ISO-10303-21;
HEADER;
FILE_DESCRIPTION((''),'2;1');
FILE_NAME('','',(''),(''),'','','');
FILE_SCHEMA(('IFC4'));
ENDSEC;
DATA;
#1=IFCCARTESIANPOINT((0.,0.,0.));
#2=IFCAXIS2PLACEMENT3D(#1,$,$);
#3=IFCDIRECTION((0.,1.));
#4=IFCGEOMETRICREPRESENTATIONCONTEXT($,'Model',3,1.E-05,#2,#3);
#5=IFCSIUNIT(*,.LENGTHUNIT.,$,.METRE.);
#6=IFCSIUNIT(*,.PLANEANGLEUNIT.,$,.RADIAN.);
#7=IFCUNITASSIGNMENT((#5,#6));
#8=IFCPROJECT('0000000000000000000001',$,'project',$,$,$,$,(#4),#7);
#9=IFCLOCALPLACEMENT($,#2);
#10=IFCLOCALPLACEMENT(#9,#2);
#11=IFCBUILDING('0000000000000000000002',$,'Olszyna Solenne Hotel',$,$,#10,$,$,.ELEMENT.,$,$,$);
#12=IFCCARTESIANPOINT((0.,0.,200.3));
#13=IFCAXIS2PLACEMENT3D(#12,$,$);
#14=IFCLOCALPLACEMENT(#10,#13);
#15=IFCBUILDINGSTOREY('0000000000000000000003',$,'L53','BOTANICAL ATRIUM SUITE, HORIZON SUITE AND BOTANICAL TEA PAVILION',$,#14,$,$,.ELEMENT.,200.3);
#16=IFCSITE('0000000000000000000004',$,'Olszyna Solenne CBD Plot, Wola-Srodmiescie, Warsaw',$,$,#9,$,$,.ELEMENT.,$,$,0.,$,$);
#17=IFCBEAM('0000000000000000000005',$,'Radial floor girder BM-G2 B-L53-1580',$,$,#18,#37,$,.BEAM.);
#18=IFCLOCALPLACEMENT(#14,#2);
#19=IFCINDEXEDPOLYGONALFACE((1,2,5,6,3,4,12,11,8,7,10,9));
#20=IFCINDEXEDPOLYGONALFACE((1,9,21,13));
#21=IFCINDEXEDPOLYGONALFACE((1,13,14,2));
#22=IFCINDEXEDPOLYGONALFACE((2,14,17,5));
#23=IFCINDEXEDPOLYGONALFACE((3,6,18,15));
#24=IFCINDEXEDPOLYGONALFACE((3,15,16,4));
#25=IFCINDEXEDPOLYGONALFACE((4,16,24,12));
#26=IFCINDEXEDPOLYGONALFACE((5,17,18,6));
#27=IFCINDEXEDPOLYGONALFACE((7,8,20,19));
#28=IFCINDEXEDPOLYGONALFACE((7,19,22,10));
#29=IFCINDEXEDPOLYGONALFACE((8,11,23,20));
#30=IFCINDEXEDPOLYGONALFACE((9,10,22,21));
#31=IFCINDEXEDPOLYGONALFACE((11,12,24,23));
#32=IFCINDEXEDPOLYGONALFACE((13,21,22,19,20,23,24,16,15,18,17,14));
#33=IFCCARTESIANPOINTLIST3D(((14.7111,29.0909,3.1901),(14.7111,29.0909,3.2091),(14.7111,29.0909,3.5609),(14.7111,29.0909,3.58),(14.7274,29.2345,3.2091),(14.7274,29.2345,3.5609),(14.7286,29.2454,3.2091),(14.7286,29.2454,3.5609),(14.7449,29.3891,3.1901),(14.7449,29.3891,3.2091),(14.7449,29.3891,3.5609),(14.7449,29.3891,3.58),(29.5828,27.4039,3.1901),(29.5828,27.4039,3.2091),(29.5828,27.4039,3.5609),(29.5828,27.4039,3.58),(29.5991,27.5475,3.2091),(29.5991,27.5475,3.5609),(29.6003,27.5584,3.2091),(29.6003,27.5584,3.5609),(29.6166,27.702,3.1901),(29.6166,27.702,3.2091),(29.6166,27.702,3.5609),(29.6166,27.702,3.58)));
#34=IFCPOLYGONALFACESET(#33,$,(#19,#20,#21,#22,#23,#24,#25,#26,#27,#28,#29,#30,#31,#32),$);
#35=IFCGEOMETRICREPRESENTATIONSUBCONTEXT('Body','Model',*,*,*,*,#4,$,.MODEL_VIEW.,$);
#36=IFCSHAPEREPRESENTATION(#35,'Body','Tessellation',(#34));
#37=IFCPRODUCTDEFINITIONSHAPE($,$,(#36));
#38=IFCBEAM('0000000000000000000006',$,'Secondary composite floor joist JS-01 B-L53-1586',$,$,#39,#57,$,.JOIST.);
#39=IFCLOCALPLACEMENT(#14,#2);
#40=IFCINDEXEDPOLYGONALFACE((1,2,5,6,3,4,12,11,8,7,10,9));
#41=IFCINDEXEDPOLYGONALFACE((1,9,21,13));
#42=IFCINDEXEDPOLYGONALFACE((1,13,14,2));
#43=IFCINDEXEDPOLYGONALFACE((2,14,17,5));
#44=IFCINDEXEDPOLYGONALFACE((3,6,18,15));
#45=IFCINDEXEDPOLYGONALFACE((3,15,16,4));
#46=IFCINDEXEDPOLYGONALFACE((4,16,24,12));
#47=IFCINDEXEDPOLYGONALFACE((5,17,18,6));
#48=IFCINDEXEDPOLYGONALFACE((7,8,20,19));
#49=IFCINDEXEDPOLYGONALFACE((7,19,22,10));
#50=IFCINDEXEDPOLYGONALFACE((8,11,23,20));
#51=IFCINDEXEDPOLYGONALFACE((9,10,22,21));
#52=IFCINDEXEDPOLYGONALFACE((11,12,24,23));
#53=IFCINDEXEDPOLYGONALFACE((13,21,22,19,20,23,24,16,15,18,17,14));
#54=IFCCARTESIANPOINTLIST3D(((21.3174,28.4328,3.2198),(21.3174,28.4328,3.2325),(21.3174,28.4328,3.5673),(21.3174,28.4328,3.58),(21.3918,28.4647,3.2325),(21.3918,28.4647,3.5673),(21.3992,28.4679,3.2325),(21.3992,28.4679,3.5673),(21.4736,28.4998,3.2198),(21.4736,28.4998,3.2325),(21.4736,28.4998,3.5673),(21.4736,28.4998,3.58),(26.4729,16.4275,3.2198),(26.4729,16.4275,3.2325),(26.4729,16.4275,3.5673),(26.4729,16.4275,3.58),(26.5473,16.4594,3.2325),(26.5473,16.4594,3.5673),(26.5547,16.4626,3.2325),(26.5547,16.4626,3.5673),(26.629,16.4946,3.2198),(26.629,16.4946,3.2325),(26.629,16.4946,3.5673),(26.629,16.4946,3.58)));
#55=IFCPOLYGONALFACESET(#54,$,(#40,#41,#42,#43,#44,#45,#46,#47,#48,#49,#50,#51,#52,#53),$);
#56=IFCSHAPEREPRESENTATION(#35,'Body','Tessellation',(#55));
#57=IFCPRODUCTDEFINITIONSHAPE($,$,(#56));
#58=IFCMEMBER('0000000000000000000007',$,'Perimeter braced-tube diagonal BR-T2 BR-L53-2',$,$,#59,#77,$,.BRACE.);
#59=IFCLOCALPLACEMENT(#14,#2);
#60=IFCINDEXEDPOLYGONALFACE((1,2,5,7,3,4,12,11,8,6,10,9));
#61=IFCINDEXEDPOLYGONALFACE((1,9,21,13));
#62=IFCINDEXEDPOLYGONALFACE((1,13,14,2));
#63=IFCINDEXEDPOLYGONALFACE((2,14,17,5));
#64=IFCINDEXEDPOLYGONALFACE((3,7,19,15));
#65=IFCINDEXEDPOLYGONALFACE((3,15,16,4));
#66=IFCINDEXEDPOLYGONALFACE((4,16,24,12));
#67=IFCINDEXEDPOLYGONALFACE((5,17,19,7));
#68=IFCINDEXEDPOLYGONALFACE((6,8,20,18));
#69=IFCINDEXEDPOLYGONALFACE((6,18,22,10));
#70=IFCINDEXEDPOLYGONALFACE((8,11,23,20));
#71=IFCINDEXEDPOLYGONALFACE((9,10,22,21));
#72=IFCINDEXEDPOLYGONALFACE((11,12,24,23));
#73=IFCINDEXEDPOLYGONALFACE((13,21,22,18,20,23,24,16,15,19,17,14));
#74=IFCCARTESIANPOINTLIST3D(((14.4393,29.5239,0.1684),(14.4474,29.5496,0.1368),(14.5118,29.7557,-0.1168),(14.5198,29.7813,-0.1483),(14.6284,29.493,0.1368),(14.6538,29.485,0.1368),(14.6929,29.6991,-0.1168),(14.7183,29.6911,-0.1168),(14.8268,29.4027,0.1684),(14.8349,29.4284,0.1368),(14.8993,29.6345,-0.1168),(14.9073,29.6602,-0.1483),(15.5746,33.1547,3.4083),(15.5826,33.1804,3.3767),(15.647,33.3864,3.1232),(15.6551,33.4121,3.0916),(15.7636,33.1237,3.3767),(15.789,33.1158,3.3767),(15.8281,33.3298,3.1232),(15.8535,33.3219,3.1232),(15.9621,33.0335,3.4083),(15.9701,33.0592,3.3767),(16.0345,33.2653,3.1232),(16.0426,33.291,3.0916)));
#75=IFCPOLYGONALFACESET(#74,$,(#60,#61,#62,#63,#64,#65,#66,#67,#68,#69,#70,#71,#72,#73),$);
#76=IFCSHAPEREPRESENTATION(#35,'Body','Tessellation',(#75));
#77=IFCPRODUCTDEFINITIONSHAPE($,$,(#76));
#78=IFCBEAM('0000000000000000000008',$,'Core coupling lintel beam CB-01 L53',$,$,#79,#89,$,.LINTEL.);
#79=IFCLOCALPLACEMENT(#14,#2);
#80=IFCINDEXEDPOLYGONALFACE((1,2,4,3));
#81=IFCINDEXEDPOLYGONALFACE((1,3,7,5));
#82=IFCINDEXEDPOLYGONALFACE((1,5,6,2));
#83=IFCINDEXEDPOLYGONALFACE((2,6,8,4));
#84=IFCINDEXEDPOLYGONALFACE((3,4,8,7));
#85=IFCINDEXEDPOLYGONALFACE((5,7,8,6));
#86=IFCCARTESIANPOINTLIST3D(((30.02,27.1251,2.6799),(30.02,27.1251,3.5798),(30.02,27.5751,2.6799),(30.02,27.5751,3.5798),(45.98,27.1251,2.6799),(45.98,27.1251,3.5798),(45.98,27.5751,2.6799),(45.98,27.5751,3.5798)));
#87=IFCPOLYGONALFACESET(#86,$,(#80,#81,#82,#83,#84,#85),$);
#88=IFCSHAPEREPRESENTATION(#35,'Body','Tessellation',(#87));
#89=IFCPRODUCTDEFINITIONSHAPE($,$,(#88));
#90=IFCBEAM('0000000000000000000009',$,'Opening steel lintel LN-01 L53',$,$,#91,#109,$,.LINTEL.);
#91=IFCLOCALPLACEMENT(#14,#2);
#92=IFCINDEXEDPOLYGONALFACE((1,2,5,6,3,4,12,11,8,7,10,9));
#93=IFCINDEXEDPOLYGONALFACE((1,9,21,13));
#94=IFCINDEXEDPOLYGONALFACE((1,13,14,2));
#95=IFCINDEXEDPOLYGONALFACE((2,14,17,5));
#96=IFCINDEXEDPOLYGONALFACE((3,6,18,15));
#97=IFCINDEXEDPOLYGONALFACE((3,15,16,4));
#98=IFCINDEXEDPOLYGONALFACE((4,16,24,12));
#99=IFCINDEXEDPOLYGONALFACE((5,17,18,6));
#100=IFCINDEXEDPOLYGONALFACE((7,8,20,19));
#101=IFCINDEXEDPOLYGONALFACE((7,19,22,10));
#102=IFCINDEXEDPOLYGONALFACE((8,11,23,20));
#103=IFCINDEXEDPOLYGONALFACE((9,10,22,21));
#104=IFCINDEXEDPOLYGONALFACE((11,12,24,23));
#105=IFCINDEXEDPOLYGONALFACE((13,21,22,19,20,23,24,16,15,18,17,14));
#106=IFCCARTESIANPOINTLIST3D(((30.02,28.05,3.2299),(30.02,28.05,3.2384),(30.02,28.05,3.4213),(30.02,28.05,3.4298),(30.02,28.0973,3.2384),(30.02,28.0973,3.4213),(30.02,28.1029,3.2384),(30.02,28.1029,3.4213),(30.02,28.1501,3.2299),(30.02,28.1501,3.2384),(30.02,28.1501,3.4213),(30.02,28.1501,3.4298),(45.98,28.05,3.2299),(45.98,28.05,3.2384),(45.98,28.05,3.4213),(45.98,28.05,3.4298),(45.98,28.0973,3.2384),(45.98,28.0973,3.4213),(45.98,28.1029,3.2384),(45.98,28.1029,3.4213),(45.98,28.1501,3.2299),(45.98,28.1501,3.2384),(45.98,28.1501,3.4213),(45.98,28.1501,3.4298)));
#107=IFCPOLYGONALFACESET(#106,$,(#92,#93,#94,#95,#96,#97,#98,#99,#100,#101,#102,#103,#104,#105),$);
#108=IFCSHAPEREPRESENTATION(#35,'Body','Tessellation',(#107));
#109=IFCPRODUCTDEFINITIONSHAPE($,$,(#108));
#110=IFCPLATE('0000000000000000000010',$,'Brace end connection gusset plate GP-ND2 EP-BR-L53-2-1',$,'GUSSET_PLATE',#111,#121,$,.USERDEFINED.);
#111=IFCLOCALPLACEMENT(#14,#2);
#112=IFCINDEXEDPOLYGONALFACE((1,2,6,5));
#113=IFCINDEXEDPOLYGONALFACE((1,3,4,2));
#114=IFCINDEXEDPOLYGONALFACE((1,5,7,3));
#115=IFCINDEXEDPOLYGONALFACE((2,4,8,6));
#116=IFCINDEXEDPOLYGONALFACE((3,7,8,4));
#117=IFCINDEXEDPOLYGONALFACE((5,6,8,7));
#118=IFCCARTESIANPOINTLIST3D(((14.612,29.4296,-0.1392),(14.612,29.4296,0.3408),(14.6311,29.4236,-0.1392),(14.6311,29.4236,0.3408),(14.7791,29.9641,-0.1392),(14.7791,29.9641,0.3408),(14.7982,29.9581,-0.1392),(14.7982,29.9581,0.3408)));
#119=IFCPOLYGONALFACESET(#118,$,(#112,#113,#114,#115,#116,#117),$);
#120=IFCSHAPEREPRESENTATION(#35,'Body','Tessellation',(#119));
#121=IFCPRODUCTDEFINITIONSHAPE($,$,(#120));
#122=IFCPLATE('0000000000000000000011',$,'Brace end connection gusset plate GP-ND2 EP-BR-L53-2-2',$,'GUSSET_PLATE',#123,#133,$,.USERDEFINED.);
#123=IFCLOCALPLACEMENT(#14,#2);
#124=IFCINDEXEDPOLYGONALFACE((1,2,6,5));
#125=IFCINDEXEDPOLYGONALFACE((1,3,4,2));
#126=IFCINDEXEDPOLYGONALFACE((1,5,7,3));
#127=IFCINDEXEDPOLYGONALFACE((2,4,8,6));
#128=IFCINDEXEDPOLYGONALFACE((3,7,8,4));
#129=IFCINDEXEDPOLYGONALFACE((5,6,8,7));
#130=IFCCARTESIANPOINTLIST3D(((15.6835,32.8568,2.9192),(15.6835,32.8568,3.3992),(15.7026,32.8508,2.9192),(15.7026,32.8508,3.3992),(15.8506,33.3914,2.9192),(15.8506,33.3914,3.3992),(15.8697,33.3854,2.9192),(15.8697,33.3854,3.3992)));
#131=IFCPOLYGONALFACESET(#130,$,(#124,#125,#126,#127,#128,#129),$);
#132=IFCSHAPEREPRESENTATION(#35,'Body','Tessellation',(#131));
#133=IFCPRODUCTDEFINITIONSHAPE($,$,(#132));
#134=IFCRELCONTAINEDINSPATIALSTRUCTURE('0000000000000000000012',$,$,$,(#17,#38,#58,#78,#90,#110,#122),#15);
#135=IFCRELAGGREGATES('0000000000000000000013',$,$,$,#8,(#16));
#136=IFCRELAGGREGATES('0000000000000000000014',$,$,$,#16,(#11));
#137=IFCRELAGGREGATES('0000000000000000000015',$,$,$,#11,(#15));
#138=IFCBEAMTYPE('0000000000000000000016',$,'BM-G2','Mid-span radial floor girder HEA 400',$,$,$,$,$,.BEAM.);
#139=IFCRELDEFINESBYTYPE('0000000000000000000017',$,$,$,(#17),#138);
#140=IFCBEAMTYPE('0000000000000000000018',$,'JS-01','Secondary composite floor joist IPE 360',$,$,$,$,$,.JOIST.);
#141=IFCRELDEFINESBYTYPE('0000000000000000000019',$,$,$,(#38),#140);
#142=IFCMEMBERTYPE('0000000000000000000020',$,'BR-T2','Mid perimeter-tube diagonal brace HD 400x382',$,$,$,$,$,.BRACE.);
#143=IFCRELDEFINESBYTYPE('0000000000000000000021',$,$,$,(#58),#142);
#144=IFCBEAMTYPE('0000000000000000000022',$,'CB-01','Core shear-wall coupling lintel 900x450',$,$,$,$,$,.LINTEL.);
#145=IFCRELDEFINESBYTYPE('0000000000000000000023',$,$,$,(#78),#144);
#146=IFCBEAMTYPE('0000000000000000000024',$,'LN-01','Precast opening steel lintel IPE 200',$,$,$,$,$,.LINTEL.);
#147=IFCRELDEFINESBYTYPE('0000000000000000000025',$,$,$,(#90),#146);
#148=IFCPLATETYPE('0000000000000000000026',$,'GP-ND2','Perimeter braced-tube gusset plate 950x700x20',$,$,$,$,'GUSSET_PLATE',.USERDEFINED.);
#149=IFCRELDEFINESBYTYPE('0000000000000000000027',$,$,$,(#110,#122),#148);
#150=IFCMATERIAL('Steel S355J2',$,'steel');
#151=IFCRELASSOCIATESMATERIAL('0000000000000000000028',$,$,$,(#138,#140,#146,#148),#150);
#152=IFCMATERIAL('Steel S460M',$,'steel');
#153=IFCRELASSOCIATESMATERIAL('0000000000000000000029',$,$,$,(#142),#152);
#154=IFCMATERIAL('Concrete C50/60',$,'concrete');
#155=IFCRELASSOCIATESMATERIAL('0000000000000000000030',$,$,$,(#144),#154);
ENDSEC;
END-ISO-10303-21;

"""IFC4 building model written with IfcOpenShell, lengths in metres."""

from ifc_helpers import new_model, si_unit, direction, frame, origin, origin_2d, place, context, subcontext, project, spatial, rectangle, i_section, extrude, source, transform, mapped, material, material_profile, profile_set, type_object, element, save


model = new_model("IFC4")

# Units and contexts
model_context = context("Model", 3, precision=1e-05, world=origin(), true_north=direction((0.0, 1.0)))
body_context = subcontext(model_context, "Body", "Model", "MODEL_VIEW")
ifc_project = project(units=[si_unit("LENGTHUNIT", "METRE"), si_unit("PLANEANGLEUNIT", "RADIAN")], contexts=[model_context])

# Site, building, storey
site_placement = place(None, origin())
site = spatial("IfcSite", under=ifc_project, at=site_placement, Name="Olszyna Solenne CBD Plot, Wola-Srodmiescie, Warsaw", CompositionType="ELEMENT", RefElevation=0.0)
building_placement = place(site_placement, origin())
building = spatial("IfcBuilding", under=site, at=building_placement, Name="Olszyna Solenne Hotel", CompositionType="ELEMENT")
storey_placement = place(building_placement, frame((0.0, 0.0, 200.3)))
storey = spatial("IfcBuildingStorey", under=building, at=storey_placement, Name="L53", Description="BOTANICAL ATRIUM SUITE, HORIZON SUITE AND BOTANICAL TEA PAVILION", CompositionType="ELEMENT", Elevation=200.3)

# Shared definitions
ifc_material_1 = material(Name="Steel S460M", Category="steel")

# Beams
ifc_material_2 = material(Name="Steel S355J2", Category="steel")
ifc_material_profile_1 = material_profile(ifc_material_2, i_section(OverallWidth=0.3, OverallDepth=0.3899, WebThickness=0.011, FlangeThickness=0.019, at=origin_2d()), Name="HEA 400", Category="load-bearing")
ifc_profile_set_1 = profile_set([ifc_material_profile_1], Name="Steel S355J2")
beam_type_1 = type_object("IfcBeamType", Name="BM-G2", Description="Mid-span radial floor girder HEA 400", PredefinedType="BEAM", material=ifc_profile_set_1)
shared_shape_1 = source(origin(), body_context, "Body", "SweptSolid", [
    extrude(i_section(OverallWidth=0.3, OverallDepth=0.3899, WebThickness=0.011, FlangeThickness=0.019, at=origin_2d()), origin(), (0.0, 0.0, 1.0), 14.967),
])
beam_1_placement = place(storey_placement, frame((14.728, 29.24, 3.385), z_axis=(0.993627, -0.112716, 0.0), x_axis=(0.112716, 0.993627, 0.0)))
element("IfcBeam", 1, at=beam_1_placement, inside=storey, type_object=beam_type_1, Name="Radial floor girder BM-G2 B-L53-1580", PredefinedType="BEAM", context=body_context, shape_type="MappedRepresentation", body=[
    mapped(shared_shape_1, transform((0.0, 0.0, 0.0), x_axis=(1.0, 0.0, 0.0), y_axis=(0.0, 1.0, 0.0), z_axis=(0.0, 0.0, 1.0), scale=1.0)),
])
ifc_material_profile_2 = material_profile(ifc_material_2, i_section(OverallWidth=0.1699, OverallDepth=0.3601, WebThickness=0.0081, FlangeThickness=0.0127, at=origin_2d()), Name="IPE 360", Category="load-bearing")
ifc_profile_set_2 = profile_set([ifc_material_profile_2], Name="Steel S355J2")
beam_type_2 = type_object("IfcBeamType", Name="JS-01", Description="Secondary composite floor joist IPE 360", PredefinedType="JOIST", material=ifc_profile_set_2)
shared_shape_2 = source(origin(), body_context, "Body", "SweptSolid", [
    extrude(i_section(OverallWidth=0.1699, OverallDepth=0.3601, WebThickness=0.0081, FlangeThickness=0.0127, at=origin_2d()), origin(), (0.0, 0.0, 1.0), 13.0654),
])
beam_2_placement = place(storey_placement, frame((21.3955, 28.4663, 3.3999), z_axis=(0.394589, -0.918858, 0.0), x_axis=(0.918858, 0.394589, 0.0)))
element("IfcBeam", 2, at=beam_2_placement, inside=storey, type_object=beam_type_2, Name="Secondary composite floor joist JS-01 B-L53-1586", PredefinedType="JOIST", context=body_context, shape_type="MappedRepresentation", body=[
    mapped(shared_shape_2, transform((0.0, 0.0, 0.0), x_axis=(1.0, 0.0, 0.0), y_axis=(0.0, 1.0, 0.0), z_axis=(0.0, 0.0, 1.0), scale=1.0)),
])

# Member
ifc_material_profile_3 = material_profile(ifc_material_1, i_section(OverallWidth=0.406, OverallDepth=0.416, WebThickness=0.0266, FlangeThickness=0.0415, at=origin_2d()), Name="HD 400x382", Category="load-bearing")
ifc_profile_set_3 = profile_set([ifc_material_profile_3], Name="Steel S460M")
member_type = type_object("IfcMemberType", Name="BR-T2", Description="Mid perimeter-tube diagonal brace HD 400x382", PredefinedType="BRACE", material=ifc_profile_set_3)
shared_shape_3 = source(origin(), body_context, "Body", "SweptSolid", [
    extrude(i_section(OverallWidth=0.406, OverallDepth=0.416, WebThickness=0.0266, FlangeThickness=0.0415, at=origin_2d()), origin(), (0.0, 0.0, 1.0), 4.9968),
])
member_placement = place(storey_placement, frame((14.6733, 29.592, 0.01), z_axis=(0.22719, 0.726616, 0.648394), x_axis=(-0.954434, 0.298421, 0.0)))
element("IfcMember", 3, at=member_placement, inside=storey, type_object=member_type, Name="Perimeter braced-tube diagonal BR-T2 BR-L53-2", PredefinedType="BRACE", context=body_context, shape_type="MappedRepresentation", body=[
    mapped(shared_shape_3, transform((0.0, 0.0, 0.0), x_axis=(1.0, 0.0, 0.0), y_axis=(0.0, 1.0, 0.0), z_axis=(0.0, 0.0, 1.0), scale=1.0)),
])

# Beams
ifc_material_3 = material(Name="Concrete C50/60", Category="concrete")
ifc_material_profile_4 = material_profile(ifc_material_3, rectangle(XDim=0.45, YDim=0.8999, at=origin_2d()), Name="RC 900x450", Category="load-bearing")
ifc_profile_set_4 = profile_set([ifc_material_profile_4], Name="Concrete C50/60")
beam_type_3 = type_object("IfcBeamType", Name="CB-01", Description="Core shear-wall coupling lintel 900x450", PredefinedType="LINTEL", material=ifc_profile_set_4)
shared_shape_4 = source(origin(), body_context, "Body", "SweptSolid", [
    extrude(rectangle(XDim=0.45, YDim=0.8999, at=origin_2d()), origin(), (0.0, 0.0, 1.0), 15.96),
])
beam_3_placement = place(storey_placement, frame((30.02, 27.3501, 3.1299), z_axis=(1.0, 0.0, 0.0), x_axis=(0.0, 1.0, 0.0)))
element("IfcBeam", 4, at=beam_3_placement, inside=storey, type_object=beam_type_3, Name="Core coupling lintel beam CB-01 L53", PredefinedType="LINTEL", context=body_context, shape_type="MappedRepresentation", body=[
    mapped(shared_shape_4, transform((0.0, 0.0, 0.0), x_axis=(1.0, 0.0, 0.0), y_axis=(0.0, 1.0, 0.0), z_axis=(0.0, 0.0, 1.0), scale=1.0)),
])
ifc_material_profile_5 = material_profile(ifc_material_2, i_section(OverallWidth=0.1001, OverallDepth=0.2, WebThickness=0.0056, FlangeThickness=0.0085, at=origin_2d()), Name="IPE 200", Category="load-bearing")
ifc_profile_set_5 = profile_set([ifc_material_profile_5], Name="Steel S355J2")
beam_type_4 = type_object("IfcBeamType", Name="LN-01", Description="Precast opening steel lintel IPE 200", PredefinedType="LINTEL", material=ifc_profile_set_5)
shared_shape_5 = source(origin(), body_context, "Body", "SweptSolid", [
    extrude(i_section(OverallWidth=0.1001, OverallDepth=0.2, WebThickness=0.0056, FlangeThickness=0.0085, at=origin_2d()), origin(), (0.0, 0.0, 1.0), 15.96),
])
beam_4_placement = place(storey_placement, frame((30.02, 28.1001, 3.3298), z_axis=(1.0, 0.0, 0.0), x_axis=(0.0, 1.0, 0.0)))
element("IfcBeam", 5, at=beam_4_placement, inside=storey, type_object=beam_type_4, Name="Opening steel lintel LN-01 L53", PredefinedType="LINTEL", context=body_context, shape_type="MappedRepresentation", body=[
    mapped(shared_shape_5, transform((0.0, 0.0, 0.0), x_axis=(1.0, 0.0, 0.0), y_axis=(0.0, 1.0, 0.0), z_axis=(0.0, 0.0, 1.0), scale=1.0)),
])

# Plates
plate_type = type_object("IfcPlateType", Name="GP-ND2", Description="Perimeter braced-tube gusset plate 950x700x20", ElementType="GUSSET_PLATE", PredefinedType="USERDEFINED", material=ifc_material_2)
shared_shape_6 = source(origin(), body_context, "Body", "SweptSolid", [
    extrude(rectangle(XDim=0.5601, YDim=0.02, at=origin_2d()), origin(), (0.0, 0.0, 1.0), 0.48),
])
for number, where, z_axis, x_axis, name in (
    (6, (14.7051, 29.6938, -0.1392), (0.0, 0.0, 1.0), (0.298375, 0.954449, 0.0), "Brace end connection gusset plate GP-ND2 EP-BR-L53-2-1"),
    (7, (15.7766, 33.1211, 2.9192), (0.0, 0.0, 1.0), (0.298375, 0.954449, 0.0), "Brace end connection gusset plate GP-ND2 EP-BR-L53-2-2"),
):
    element("IfcPlate", number, at=place(storey_placement, frame(where, z_axis=z_axis, x_axis=x_axis)), inside=storey, type_object=plate_type, Name=name, ObjectType="GUSSET_PLATE", PredefinedType="USERDEFINED", context=body_context, shape_type="MappedRepresentation", body=[
        mapped(shared_shape_6, transform((0.0, 0.0, 0.0), x_axis=(1.0, 0.0, 0.0), y_axis=(0.0, 1.0, 0.0), z_axis=(0.0, 0.0, 1.0), scale=1.0)),
    ])

save(model, "model.ifc")
